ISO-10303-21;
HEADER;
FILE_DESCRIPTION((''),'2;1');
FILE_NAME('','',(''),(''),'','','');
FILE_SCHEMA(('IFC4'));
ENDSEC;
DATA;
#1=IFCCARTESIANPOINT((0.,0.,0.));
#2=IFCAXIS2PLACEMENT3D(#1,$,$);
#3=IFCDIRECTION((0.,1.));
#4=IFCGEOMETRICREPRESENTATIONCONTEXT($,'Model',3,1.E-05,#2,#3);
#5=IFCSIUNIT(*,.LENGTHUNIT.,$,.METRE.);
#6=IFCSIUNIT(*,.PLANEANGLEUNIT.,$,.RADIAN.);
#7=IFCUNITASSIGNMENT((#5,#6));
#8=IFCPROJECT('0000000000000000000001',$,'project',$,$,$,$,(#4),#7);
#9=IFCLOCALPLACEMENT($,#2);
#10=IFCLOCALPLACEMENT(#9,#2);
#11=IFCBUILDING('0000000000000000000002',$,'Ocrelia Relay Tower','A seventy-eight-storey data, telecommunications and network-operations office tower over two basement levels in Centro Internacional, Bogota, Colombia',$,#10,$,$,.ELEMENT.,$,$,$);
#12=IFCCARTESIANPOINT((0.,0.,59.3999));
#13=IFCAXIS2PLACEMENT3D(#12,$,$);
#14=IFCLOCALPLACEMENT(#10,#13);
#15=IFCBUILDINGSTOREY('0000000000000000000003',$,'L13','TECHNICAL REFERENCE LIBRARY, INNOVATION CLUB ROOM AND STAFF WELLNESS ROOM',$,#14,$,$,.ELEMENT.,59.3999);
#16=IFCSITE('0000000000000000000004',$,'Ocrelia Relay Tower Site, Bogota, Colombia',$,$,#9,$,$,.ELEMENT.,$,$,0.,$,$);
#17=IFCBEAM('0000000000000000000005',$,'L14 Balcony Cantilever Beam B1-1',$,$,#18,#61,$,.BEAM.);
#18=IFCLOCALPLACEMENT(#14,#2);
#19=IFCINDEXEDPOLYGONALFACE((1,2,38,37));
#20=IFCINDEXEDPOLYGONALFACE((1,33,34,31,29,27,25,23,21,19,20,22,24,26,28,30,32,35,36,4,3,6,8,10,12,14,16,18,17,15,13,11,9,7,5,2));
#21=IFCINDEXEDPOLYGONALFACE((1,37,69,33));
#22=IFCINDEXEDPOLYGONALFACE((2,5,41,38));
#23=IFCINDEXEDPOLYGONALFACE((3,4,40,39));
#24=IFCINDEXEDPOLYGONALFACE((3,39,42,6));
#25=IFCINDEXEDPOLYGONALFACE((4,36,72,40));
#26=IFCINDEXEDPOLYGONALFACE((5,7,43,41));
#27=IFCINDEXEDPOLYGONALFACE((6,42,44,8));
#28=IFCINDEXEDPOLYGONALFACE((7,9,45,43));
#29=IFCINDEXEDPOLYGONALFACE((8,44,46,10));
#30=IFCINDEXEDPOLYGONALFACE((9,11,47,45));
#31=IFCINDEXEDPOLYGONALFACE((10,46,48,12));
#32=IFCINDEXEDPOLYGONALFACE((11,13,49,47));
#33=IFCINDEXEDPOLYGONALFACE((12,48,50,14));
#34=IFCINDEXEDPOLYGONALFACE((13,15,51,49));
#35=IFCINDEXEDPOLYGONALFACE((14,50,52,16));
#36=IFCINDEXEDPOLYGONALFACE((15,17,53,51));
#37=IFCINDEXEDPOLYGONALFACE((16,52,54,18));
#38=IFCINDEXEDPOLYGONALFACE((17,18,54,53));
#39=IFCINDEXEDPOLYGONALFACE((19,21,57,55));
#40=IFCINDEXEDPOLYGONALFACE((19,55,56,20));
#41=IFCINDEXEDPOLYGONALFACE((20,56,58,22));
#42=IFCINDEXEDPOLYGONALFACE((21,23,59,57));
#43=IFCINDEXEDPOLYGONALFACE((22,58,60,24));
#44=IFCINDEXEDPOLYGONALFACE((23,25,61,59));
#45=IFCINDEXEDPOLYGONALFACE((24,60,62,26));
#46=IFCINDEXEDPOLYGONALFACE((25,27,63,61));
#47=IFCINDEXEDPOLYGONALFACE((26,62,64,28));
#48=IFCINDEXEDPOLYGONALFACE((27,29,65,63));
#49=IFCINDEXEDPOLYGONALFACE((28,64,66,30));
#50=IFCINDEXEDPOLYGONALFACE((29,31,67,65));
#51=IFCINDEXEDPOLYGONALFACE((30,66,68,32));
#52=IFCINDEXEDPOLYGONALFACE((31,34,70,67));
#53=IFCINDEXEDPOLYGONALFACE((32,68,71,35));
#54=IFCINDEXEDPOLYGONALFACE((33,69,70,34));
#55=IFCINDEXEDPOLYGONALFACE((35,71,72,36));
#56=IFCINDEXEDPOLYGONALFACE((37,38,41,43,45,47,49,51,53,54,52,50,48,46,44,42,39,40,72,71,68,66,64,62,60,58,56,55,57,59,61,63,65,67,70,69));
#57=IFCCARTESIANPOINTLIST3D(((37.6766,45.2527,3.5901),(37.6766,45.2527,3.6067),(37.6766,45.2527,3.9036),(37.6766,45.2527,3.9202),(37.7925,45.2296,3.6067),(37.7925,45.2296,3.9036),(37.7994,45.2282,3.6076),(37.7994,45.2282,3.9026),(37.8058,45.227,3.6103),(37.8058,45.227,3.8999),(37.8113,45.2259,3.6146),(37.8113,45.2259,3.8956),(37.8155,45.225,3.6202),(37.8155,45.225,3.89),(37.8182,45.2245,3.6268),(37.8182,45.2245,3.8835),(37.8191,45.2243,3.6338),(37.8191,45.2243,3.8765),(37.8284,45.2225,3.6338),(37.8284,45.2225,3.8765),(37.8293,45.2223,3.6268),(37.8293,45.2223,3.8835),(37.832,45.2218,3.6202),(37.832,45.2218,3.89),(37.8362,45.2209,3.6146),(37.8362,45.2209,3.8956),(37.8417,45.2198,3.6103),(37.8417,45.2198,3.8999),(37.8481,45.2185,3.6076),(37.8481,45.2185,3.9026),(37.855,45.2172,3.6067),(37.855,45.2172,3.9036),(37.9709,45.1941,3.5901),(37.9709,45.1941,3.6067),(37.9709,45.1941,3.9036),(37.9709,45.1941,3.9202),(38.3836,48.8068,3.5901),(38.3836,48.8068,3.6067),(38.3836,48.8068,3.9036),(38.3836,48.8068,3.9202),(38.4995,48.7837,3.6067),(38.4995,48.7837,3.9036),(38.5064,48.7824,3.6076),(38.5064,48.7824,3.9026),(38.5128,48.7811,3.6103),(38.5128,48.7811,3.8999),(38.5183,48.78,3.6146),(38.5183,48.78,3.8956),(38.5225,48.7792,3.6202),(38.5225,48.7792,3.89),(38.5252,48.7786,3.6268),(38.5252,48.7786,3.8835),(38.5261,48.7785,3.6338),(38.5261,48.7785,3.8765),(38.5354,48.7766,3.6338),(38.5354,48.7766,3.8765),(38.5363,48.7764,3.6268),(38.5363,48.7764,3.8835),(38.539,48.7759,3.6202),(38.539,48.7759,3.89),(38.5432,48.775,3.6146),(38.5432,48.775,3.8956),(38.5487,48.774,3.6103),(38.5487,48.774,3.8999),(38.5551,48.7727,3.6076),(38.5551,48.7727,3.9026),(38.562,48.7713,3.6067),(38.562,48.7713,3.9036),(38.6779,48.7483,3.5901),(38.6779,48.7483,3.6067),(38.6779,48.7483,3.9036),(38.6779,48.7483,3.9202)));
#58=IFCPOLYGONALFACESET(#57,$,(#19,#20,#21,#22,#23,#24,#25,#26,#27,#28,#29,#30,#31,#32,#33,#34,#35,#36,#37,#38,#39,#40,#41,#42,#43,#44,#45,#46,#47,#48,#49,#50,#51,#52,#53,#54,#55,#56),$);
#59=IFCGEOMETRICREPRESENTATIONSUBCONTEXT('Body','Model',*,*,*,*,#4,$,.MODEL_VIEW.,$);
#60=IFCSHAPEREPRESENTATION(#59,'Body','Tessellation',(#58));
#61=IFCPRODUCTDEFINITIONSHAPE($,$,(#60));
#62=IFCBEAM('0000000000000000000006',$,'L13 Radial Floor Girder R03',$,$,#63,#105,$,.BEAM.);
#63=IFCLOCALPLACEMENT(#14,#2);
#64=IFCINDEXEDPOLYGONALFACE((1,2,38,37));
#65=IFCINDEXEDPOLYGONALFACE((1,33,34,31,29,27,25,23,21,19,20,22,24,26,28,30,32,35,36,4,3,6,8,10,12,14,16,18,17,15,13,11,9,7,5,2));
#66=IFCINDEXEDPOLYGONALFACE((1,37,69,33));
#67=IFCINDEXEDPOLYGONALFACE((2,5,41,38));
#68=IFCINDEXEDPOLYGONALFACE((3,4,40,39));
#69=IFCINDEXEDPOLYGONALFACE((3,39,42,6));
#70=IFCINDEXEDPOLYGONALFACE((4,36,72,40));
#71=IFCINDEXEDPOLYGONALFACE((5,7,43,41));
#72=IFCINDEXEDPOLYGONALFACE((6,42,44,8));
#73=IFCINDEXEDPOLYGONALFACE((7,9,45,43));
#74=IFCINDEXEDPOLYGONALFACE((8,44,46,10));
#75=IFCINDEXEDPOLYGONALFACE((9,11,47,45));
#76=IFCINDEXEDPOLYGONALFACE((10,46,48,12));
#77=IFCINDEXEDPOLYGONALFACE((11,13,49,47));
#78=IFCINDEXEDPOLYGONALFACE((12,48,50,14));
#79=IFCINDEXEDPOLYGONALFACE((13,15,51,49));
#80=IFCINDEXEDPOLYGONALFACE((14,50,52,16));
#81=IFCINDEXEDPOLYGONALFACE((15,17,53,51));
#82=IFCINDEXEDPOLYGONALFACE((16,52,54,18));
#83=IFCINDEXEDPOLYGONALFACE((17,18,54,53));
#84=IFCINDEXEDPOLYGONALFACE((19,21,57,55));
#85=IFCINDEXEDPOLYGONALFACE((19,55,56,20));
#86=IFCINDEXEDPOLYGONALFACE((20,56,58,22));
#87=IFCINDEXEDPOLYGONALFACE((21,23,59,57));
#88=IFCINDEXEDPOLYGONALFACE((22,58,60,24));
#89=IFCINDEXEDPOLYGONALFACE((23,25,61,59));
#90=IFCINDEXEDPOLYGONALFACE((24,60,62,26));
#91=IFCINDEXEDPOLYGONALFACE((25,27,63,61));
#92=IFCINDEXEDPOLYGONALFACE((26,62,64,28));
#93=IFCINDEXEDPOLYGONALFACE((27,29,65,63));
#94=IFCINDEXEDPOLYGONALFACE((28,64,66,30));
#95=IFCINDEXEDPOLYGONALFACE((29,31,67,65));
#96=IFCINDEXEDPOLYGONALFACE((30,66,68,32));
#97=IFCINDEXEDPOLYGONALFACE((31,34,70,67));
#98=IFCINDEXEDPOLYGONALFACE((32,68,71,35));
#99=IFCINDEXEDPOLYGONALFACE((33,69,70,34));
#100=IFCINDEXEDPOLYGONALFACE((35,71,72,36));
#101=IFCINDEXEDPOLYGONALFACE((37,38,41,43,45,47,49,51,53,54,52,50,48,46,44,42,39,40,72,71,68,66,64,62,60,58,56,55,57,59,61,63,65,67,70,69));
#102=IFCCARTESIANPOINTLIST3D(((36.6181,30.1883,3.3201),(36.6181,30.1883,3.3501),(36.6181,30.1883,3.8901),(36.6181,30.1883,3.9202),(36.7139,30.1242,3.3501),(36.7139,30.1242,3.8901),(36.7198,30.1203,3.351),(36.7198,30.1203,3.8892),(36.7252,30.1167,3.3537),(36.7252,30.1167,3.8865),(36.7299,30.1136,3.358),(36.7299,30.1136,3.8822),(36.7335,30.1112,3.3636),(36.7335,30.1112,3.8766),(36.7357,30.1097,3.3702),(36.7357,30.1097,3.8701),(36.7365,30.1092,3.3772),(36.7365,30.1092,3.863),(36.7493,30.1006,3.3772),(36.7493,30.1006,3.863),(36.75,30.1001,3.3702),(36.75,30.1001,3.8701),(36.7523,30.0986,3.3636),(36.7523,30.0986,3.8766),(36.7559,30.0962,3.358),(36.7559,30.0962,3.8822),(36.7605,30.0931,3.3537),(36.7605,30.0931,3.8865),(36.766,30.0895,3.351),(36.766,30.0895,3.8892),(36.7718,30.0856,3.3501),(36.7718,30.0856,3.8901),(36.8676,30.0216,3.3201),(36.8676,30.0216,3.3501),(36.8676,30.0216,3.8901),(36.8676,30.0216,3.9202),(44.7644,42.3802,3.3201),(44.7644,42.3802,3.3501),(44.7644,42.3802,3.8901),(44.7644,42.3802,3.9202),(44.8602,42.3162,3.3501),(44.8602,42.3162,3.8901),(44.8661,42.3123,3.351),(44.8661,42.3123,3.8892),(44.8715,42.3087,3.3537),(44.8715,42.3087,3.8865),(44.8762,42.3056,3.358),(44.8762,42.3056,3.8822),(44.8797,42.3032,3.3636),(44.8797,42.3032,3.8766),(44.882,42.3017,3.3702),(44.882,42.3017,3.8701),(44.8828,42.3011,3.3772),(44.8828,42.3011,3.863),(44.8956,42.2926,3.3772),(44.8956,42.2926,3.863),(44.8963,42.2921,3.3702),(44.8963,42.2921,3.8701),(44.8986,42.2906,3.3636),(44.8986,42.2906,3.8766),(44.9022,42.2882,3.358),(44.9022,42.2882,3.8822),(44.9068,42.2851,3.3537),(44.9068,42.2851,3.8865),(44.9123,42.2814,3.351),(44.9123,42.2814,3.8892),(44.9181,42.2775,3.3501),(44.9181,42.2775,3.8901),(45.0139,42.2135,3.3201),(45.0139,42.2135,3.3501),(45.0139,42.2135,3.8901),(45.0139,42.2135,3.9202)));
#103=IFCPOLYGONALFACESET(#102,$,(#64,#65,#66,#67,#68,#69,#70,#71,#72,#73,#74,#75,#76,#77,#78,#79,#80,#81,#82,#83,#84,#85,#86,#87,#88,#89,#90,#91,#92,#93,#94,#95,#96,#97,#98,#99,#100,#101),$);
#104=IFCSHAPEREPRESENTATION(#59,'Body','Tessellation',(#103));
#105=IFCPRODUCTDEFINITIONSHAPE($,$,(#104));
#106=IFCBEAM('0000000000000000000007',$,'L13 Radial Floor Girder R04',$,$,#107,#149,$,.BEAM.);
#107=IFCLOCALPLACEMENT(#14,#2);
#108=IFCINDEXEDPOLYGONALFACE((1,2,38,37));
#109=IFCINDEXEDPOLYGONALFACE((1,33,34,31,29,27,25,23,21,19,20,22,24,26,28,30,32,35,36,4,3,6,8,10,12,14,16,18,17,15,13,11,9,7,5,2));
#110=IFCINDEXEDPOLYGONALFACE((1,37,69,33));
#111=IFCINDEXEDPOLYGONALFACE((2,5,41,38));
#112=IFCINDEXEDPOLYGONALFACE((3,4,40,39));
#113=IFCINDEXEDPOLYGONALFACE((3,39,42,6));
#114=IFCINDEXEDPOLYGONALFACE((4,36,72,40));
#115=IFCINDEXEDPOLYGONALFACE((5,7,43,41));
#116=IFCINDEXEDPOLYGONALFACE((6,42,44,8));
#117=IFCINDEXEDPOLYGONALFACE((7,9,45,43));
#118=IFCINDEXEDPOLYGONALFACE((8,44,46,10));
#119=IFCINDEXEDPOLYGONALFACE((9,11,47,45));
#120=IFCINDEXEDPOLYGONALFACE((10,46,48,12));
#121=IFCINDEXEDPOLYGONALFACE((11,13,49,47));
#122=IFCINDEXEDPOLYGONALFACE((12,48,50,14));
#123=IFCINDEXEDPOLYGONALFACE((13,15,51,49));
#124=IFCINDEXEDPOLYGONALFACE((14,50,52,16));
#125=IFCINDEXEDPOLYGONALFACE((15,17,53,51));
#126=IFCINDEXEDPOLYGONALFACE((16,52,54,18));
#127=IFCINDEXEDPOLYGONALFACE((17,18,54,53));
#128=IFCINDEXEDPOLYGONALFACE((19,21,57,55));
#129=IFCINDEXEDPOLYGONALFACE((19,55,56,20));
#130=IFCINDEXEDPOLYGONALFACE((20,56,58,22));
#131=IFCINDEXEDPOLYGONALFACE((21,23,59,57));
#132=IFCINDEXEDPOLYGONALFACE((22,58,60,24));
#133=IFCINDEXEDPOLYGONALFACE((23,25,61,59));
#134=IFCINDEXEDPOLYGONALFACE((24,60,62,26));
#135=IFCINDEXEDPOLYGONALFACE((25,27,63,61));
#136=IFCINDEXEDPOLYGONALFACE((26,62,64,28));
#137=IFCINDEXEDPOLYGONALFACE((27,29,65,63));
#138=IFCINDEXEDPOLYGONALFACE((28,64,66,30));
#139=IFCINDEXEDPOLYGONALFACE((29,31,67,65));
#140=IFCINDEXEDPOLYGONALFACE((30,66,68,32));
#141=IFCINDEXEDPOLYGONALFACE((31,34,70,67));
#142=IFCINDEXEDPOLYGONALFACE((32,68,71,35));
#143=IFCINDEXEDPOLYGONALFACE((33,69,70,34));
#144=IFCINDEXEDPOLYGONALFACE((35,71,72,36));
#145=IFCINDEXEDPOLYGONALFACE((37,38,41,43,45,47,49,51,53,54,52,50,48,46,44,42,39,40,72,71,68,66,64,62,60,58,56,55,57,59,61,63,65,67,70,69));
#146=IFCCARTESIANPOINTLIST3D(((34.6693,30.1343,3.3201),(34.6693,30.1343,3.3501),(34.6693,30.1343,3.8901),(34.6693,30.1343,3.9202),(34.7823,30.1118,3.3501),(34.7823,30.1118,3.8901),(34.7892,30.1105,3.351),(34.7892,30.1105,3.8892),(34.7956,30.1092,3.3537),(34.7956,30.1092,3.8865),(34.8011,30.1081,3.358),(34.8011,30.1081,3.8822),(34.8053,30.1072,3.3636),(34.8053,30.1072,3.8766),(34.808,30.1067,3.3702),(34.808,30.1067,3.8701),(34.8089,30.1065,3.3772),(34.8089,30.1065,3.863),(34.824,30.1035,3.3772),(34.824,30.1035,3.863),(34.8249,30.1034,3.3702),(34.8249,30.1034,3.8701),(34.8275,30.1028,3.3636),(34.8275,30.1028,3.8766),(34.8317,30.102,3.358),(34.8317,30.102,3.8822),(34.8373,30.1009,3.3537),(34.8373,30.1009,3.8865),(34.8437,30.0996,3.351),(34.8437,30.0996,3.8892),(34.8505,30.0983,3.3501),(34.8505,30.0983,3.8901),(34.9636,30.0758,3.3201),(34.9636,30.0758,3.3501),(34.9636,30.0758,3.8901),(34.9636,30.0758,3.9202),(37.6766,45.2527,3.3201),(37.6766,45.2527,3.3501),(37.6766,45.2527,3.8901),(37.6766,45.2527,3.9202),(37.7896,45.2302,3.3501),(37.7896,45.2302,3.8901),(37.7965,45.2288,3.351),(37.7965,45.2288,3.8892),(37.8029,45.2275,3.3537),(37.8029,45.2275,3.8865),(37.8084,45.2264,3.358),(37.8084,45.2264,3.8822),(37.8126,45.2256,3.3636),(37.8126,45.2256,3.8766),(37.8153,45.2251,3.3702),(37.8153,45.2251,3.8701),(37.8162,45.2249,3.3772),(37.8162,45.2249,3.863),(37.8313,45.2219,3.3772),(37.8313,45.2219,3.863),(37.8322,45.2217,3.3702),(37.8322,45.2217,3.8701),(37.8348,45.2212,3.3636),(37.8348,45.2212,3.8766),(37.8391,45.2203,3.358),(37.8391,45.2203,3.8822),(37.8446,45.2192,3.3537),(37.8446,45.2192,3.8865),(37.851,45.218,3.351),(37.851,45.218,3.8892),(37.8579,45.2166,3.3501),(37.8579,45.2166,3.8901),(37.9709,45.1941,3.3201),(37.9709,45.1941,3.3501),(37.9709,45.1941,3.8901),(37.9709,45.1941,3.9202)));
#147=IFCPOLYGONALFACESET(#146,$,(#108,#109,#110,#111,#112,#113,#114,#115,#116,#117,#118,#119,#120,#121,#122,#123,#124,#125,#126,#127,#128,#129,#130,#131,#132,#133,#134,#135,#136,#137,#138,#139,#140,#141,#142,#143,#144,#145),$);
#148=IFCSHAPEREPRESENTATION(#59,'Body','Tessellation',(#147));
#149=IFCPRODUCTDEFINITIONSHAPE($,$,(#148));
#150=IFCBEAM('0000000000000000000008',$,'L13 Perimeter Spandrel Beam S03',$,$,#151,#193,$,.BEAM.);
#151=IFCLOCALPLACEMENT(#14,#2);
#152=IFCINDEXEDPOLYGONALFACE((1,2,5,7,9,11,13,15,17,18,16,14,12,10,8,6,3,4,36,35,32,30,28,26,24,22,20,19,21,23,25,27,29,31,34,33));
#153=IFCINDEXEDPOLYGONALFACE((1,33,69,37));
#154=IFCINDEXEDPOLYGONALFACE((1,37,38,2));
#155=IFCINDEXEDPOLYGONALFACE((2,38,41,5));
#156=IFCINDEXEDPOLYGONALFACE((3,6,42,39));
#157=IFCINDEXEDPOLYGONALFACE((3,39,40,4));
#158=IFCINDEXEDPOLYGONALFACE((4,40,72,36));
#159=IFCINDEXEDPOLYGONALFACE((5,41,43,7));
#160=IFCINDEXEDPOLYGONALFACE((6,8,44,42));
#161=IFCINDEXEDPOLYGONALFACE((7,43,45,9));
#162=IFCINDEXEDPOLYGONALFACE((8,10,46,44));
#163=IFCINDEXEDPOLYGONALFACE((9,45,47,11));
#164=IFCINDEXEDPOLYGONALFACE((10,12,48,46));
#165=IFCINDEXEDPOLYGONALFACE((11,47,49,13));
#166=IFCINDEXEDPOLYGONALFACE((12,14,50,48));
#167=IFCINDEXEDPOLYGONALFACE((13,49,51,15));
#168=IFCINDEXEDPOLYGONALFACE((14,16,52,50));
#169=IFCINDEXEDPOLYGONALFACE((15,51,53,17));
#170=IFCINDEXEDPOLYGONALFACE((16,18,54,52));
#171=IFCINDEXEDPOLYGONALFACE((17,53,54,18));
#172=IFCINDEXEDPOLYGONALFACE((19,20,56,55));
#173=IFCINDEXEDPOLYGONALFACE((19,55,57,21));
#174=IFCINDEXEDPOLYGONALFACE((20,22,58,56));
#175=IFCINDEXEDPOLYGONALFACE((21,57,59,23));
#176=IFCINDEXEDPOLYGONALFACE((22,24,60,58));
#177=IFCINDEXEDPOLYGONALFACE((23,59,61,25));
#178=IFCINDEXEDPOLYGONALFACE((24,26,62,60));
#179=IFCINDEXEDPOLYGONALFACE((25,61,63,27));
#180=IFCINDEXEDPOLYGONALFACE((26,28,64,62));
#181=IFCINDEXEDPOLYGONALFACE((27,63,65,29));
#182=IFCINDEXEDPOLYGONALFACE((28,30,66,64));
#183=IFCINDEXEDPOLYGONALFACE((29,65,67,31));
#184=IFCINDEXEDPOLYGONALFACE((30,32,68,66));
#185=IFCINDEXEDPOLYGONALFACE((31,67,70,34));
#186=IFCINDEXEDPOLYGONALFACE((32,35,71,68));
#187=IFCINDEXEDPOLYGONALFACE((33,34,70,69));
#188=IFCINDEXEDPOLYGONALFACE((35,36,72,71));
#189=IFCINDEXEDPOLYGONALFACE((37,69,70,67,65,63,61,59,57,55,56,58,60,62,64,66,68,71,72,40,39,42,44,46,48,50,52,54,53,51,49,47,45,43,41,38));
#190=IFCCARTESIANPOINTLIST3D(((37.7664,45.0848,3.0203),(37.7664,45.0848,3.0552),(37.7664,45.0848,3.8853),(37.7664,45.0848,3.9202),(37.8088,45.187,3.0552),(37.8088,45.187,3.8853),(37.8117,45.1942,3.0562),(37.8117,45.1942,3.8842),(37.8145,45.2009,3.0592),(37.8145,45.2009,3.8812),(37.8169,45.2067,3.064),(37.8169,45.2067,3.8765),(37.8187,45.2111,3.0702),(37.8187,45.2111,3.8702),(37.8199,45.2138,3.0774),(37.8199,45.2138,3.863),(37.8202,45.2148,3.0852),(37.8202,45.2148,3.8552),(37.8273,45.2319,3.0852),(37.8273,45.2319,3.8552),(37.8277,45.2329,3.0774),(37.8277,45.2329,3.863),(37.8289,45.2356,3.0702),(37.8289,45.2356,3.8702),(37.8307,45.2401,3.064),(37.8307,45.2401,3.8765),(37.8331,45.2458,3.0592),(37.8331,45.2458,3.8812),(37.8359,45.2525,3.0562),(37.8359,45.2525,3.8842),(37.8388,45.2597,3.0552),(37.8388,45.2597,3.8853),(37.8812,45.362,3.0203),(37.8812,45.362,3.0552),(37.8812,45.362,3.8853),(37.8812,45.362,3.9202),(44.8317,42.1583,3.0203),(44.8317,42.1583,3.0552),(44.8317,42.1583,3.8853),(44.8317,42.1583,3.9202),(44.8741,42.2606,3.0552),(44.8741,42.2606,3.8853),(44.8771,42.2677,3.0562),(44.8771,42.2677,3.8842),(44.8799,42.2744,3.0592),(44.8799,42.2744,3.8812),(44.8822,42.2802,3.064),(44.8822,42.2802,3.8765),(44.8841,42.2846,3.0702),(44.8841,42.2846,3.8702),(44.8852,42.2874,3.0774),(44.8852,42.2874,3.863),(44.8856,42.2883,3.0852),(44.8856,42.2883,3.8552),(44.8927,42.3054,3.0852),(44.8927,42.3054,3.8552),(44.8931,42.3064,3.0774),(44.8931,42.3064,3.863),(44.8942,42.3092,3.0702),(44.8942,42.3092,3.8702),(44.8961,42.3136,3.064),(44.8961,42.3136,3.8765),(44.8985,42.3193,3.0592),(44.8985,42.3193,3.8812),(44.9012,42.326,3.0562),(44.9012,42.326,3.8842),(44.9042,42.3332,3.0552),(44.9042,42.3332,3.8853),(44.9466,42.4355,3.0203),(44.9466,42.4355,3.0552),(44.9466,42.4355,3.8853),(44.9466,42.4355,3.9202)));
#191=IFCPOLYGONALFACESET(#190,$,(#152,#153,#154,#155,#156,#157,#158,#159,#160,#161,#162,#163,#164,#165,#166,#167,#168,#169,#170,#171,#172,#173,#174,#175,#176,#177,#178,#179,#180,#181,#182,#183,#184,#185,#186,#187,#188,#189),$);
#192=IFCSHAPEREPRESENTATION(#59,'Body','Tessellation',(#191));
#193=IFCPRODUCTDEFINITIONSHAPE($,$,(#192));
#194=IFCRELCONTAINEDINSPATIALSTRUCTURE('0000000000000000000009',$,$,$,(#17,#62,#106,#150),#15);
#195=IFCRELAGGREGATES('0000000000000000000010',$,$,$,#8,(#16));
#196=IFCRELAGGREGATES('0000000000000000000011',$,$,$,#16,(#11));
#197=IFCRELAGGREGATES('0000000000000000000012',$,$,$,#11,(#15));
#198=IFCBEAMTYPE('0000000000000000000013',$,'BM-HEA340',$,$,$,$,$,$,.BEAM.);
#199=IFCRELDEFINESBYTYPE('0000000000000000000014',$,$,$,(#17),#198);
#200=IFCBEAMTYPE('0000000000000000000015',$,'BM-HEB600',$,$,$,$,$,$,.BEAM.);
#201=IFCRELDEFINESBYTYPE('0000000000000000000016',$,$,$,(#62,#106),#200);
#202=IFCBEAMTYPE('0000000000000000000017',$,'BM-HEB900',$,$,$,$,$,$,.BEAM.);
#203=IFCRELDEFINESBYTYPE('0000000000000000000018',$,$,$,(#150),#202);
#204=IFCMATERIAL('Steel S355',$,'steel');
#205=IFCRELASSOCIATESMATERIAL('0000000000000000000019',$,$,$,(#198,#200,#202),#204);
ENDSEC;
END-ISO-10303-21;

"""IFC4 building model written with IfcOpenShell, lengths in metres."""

from ifc_helpers import new_model, si_unit, direction, frame, origin, origin_2d, place, context, subcontext, project, spatial, i_section, extrude, material, material_profile, profile_set, type_object, element, save


model = new_model("IFC4")

# Units and contexts
model_context = context("Model", 3, precision=1e-05, world=origin(), true_north=direction((0.0, 1.0)))
body_context = subcontext(model_context, "Body", "Model", "MODEL_VIEW")
ifc_project = project(units=[si_unit("LENGTHUNIT", "METRE"), si_unit("PLANEANGLEUNIT", "RADIAN")], contexts=[model_context])

# Site, building, storey
site_placement = place(None, origin())
site = spatial("IfcSite", under=ifc_project, at=site_placement, Name="Ocrelia Relay Tower Site, Bogota, Colombia", CompositionType="ELEMENT", RefElevation=0.0)
building_placement = place(site_placement, origin())
building = spatial("IfcBuilding", under=site, at=building_placement, Name="Ocrelia Relay Tower", Description="A seventy-eight-storey data, telecommunications and network-operations office tower over two basement levels in Centro Internacional, Bogota, Colombia", CompositionType="ELEMENT")
storey_placement = place(building_placement, frame((0.0, 0.0, 59.3999)))
storey = spatial("IfcBuildingStorey", under=building, at=storey_placement, Name="L13", Description="TECHNICAL REFERENCE LIBRARY, INNOVATION CLUB ROOM AND STAFF WELLNESS ROOM", CompositionType="ELEMENT", Elevation=59.3999)

# Beams
ifc_material_1 = material(Name="Steel S355", Category="steel")
ifc_material_profile_1 = material_profile(ifc_material_1, i_section(OverallWidth=0.3, OverallDepth=0.3301, WebThickness=0.0095, FlangeThickness=0.0166, FilletRadius=0.0271, at=origin_2d()), Name="HEA 340")
ifc_profile_set_1 = profile_set([ifc_material_profile_1], Name="Steel S355")
beam_type_1 = type_object("IfcBeamType", Name="BM-HEA340", PredefinedType="BEAM", material=ifc_profile_set_1)
beam_1_placement = place(storey_placement, frame((37.8237, 45.2234, 3.7551), z_axis=(0.195105, 0.980782, 0.0), x_axis=(-0.980782, 0.195105, 0.0)))
element("IfcBeam", 1, at=beam_1_placement, inside=storey, type_object=beam_type_1, Name="L14 Balcony Cantilever Beam B1-1", PredefinedType="BEAM", context=body_context, shape_type="SweptSolid", body=[
    extrude(i_section(OverallWidth=0.3, OverallDepth=0.3301, WebThickness=0.0095, FlangeThickness=0.0166, FilletRadius=0.0271, at=origin_2d()), origin(), (0.0, 0.0, 1.0), 3.6238),
])
ifc_material_profile_2 = material_profile(ifc_material_1, i_section(OverallWidth=0.3, OverallDepth=0.6001, WebThickness=0.0154, FlangeThickness=0.03, FilletRadius=0.0271, at=origin_2d()), Name="HEB 600")
ifc_profile_set_2 = profile_set([ifc_material_profile_2], Name="Steel S355")
beam_type_2 = type_object("IfcBeamType", Name="BM-HEB600", PredefinedType="BEAM", material=ifc_profile_set_2)
beam_2_placement = place(storey_placement, frame((44.8892, 42.2969, 3.6201), z_axis=(-0.555564, -0.831473, 0.0), x_axis=(0.831473, -0.555564, 0.0)))
element("IfcBeam", 2, at=beam_2_placement, inside=storey, type_object=beam_type_2, Name="L13 Radial Floor Girder R03", PredefinedType="BEAM", context=body_context, shape_type="SweptSolid", body=[
    extrude(i_section(OverallWidth=0.3, OverallDepth=0.6001, WebThickness=0.0154, FlangeThickness=0.03, FilletRadius=0.0271, at=origin_2d()), origin(), (0.0, 0.0, 1.0), 14.6631),
])
beam_3_placement = place(storey_placement, frame((37.8237, 45.2234, 3.6201), z_axis=(-0.195096, -0.980784, 0.0), x_axis=(0.980784, -0.195096, 0.0)))
element("IfcBeam", 3, at=beam_3_placement, inside=storey, type_object=beam_type_2, Name="L13 Radial Floor Girder R04", PredefinedType="BEAM", context=body_context, shape_type="SweptSolid", body=[
    extrude(i_section(OverallWidth=0.3, OverallDepth=0.6001, WebThickness=0.0154, FlangeThickness=0.03, FilletRadius=0.0271, at=origin_2d()), origin(), (0.0, 0.0, 1.0), 15.4146),
])
ifc_material_profile_3 = material_profile(ifc_material_1, i_section(OverallWidth=0.3, OverallDepth=0.8999, WebThickness=0.0186, FlangeThickness=0.0349, FilletRadius=0.03, at=origin_2d()), Name="HEB 900")
ifc_profile_set_3 = profile_set([ifc_material_profile_3], Name="Steel S355")
beam_type_3 = type_object("IfcBeamType", Name="BM-HEB900", PredefinedType="BEAM", material=ifc_profile_set_3)
for number, where, z_axis, x_axis, name in (
    (4, (44.8892, 42.2969, 3.4702), (-0.923883, 0.382674, 0.0), (-0.382674, -0.923883, 0.0), "L13 Perimeter Spandrel Beam S03"),
):
    element("IfcBeam", number, at=place(storey_placement, frame(where, z_axis=z_axis, x_axis=x_axis)), inside=storey, type_object=beam_type_3, Name=name, PredefinedType="BEAM", context=body_context, shape_type="SweptSolid", body=[
        extrude(i_section(OverallWidth=0.3, OverallDepth=0.8999, WebThickness=0.0186, FlangeThickness=0.0349, FilletRadius=0.03, at=origin_2d()), origin(), (0.0, 0.0, 1.0), 7.6475),
    ])

save(model, "model.ifc")
